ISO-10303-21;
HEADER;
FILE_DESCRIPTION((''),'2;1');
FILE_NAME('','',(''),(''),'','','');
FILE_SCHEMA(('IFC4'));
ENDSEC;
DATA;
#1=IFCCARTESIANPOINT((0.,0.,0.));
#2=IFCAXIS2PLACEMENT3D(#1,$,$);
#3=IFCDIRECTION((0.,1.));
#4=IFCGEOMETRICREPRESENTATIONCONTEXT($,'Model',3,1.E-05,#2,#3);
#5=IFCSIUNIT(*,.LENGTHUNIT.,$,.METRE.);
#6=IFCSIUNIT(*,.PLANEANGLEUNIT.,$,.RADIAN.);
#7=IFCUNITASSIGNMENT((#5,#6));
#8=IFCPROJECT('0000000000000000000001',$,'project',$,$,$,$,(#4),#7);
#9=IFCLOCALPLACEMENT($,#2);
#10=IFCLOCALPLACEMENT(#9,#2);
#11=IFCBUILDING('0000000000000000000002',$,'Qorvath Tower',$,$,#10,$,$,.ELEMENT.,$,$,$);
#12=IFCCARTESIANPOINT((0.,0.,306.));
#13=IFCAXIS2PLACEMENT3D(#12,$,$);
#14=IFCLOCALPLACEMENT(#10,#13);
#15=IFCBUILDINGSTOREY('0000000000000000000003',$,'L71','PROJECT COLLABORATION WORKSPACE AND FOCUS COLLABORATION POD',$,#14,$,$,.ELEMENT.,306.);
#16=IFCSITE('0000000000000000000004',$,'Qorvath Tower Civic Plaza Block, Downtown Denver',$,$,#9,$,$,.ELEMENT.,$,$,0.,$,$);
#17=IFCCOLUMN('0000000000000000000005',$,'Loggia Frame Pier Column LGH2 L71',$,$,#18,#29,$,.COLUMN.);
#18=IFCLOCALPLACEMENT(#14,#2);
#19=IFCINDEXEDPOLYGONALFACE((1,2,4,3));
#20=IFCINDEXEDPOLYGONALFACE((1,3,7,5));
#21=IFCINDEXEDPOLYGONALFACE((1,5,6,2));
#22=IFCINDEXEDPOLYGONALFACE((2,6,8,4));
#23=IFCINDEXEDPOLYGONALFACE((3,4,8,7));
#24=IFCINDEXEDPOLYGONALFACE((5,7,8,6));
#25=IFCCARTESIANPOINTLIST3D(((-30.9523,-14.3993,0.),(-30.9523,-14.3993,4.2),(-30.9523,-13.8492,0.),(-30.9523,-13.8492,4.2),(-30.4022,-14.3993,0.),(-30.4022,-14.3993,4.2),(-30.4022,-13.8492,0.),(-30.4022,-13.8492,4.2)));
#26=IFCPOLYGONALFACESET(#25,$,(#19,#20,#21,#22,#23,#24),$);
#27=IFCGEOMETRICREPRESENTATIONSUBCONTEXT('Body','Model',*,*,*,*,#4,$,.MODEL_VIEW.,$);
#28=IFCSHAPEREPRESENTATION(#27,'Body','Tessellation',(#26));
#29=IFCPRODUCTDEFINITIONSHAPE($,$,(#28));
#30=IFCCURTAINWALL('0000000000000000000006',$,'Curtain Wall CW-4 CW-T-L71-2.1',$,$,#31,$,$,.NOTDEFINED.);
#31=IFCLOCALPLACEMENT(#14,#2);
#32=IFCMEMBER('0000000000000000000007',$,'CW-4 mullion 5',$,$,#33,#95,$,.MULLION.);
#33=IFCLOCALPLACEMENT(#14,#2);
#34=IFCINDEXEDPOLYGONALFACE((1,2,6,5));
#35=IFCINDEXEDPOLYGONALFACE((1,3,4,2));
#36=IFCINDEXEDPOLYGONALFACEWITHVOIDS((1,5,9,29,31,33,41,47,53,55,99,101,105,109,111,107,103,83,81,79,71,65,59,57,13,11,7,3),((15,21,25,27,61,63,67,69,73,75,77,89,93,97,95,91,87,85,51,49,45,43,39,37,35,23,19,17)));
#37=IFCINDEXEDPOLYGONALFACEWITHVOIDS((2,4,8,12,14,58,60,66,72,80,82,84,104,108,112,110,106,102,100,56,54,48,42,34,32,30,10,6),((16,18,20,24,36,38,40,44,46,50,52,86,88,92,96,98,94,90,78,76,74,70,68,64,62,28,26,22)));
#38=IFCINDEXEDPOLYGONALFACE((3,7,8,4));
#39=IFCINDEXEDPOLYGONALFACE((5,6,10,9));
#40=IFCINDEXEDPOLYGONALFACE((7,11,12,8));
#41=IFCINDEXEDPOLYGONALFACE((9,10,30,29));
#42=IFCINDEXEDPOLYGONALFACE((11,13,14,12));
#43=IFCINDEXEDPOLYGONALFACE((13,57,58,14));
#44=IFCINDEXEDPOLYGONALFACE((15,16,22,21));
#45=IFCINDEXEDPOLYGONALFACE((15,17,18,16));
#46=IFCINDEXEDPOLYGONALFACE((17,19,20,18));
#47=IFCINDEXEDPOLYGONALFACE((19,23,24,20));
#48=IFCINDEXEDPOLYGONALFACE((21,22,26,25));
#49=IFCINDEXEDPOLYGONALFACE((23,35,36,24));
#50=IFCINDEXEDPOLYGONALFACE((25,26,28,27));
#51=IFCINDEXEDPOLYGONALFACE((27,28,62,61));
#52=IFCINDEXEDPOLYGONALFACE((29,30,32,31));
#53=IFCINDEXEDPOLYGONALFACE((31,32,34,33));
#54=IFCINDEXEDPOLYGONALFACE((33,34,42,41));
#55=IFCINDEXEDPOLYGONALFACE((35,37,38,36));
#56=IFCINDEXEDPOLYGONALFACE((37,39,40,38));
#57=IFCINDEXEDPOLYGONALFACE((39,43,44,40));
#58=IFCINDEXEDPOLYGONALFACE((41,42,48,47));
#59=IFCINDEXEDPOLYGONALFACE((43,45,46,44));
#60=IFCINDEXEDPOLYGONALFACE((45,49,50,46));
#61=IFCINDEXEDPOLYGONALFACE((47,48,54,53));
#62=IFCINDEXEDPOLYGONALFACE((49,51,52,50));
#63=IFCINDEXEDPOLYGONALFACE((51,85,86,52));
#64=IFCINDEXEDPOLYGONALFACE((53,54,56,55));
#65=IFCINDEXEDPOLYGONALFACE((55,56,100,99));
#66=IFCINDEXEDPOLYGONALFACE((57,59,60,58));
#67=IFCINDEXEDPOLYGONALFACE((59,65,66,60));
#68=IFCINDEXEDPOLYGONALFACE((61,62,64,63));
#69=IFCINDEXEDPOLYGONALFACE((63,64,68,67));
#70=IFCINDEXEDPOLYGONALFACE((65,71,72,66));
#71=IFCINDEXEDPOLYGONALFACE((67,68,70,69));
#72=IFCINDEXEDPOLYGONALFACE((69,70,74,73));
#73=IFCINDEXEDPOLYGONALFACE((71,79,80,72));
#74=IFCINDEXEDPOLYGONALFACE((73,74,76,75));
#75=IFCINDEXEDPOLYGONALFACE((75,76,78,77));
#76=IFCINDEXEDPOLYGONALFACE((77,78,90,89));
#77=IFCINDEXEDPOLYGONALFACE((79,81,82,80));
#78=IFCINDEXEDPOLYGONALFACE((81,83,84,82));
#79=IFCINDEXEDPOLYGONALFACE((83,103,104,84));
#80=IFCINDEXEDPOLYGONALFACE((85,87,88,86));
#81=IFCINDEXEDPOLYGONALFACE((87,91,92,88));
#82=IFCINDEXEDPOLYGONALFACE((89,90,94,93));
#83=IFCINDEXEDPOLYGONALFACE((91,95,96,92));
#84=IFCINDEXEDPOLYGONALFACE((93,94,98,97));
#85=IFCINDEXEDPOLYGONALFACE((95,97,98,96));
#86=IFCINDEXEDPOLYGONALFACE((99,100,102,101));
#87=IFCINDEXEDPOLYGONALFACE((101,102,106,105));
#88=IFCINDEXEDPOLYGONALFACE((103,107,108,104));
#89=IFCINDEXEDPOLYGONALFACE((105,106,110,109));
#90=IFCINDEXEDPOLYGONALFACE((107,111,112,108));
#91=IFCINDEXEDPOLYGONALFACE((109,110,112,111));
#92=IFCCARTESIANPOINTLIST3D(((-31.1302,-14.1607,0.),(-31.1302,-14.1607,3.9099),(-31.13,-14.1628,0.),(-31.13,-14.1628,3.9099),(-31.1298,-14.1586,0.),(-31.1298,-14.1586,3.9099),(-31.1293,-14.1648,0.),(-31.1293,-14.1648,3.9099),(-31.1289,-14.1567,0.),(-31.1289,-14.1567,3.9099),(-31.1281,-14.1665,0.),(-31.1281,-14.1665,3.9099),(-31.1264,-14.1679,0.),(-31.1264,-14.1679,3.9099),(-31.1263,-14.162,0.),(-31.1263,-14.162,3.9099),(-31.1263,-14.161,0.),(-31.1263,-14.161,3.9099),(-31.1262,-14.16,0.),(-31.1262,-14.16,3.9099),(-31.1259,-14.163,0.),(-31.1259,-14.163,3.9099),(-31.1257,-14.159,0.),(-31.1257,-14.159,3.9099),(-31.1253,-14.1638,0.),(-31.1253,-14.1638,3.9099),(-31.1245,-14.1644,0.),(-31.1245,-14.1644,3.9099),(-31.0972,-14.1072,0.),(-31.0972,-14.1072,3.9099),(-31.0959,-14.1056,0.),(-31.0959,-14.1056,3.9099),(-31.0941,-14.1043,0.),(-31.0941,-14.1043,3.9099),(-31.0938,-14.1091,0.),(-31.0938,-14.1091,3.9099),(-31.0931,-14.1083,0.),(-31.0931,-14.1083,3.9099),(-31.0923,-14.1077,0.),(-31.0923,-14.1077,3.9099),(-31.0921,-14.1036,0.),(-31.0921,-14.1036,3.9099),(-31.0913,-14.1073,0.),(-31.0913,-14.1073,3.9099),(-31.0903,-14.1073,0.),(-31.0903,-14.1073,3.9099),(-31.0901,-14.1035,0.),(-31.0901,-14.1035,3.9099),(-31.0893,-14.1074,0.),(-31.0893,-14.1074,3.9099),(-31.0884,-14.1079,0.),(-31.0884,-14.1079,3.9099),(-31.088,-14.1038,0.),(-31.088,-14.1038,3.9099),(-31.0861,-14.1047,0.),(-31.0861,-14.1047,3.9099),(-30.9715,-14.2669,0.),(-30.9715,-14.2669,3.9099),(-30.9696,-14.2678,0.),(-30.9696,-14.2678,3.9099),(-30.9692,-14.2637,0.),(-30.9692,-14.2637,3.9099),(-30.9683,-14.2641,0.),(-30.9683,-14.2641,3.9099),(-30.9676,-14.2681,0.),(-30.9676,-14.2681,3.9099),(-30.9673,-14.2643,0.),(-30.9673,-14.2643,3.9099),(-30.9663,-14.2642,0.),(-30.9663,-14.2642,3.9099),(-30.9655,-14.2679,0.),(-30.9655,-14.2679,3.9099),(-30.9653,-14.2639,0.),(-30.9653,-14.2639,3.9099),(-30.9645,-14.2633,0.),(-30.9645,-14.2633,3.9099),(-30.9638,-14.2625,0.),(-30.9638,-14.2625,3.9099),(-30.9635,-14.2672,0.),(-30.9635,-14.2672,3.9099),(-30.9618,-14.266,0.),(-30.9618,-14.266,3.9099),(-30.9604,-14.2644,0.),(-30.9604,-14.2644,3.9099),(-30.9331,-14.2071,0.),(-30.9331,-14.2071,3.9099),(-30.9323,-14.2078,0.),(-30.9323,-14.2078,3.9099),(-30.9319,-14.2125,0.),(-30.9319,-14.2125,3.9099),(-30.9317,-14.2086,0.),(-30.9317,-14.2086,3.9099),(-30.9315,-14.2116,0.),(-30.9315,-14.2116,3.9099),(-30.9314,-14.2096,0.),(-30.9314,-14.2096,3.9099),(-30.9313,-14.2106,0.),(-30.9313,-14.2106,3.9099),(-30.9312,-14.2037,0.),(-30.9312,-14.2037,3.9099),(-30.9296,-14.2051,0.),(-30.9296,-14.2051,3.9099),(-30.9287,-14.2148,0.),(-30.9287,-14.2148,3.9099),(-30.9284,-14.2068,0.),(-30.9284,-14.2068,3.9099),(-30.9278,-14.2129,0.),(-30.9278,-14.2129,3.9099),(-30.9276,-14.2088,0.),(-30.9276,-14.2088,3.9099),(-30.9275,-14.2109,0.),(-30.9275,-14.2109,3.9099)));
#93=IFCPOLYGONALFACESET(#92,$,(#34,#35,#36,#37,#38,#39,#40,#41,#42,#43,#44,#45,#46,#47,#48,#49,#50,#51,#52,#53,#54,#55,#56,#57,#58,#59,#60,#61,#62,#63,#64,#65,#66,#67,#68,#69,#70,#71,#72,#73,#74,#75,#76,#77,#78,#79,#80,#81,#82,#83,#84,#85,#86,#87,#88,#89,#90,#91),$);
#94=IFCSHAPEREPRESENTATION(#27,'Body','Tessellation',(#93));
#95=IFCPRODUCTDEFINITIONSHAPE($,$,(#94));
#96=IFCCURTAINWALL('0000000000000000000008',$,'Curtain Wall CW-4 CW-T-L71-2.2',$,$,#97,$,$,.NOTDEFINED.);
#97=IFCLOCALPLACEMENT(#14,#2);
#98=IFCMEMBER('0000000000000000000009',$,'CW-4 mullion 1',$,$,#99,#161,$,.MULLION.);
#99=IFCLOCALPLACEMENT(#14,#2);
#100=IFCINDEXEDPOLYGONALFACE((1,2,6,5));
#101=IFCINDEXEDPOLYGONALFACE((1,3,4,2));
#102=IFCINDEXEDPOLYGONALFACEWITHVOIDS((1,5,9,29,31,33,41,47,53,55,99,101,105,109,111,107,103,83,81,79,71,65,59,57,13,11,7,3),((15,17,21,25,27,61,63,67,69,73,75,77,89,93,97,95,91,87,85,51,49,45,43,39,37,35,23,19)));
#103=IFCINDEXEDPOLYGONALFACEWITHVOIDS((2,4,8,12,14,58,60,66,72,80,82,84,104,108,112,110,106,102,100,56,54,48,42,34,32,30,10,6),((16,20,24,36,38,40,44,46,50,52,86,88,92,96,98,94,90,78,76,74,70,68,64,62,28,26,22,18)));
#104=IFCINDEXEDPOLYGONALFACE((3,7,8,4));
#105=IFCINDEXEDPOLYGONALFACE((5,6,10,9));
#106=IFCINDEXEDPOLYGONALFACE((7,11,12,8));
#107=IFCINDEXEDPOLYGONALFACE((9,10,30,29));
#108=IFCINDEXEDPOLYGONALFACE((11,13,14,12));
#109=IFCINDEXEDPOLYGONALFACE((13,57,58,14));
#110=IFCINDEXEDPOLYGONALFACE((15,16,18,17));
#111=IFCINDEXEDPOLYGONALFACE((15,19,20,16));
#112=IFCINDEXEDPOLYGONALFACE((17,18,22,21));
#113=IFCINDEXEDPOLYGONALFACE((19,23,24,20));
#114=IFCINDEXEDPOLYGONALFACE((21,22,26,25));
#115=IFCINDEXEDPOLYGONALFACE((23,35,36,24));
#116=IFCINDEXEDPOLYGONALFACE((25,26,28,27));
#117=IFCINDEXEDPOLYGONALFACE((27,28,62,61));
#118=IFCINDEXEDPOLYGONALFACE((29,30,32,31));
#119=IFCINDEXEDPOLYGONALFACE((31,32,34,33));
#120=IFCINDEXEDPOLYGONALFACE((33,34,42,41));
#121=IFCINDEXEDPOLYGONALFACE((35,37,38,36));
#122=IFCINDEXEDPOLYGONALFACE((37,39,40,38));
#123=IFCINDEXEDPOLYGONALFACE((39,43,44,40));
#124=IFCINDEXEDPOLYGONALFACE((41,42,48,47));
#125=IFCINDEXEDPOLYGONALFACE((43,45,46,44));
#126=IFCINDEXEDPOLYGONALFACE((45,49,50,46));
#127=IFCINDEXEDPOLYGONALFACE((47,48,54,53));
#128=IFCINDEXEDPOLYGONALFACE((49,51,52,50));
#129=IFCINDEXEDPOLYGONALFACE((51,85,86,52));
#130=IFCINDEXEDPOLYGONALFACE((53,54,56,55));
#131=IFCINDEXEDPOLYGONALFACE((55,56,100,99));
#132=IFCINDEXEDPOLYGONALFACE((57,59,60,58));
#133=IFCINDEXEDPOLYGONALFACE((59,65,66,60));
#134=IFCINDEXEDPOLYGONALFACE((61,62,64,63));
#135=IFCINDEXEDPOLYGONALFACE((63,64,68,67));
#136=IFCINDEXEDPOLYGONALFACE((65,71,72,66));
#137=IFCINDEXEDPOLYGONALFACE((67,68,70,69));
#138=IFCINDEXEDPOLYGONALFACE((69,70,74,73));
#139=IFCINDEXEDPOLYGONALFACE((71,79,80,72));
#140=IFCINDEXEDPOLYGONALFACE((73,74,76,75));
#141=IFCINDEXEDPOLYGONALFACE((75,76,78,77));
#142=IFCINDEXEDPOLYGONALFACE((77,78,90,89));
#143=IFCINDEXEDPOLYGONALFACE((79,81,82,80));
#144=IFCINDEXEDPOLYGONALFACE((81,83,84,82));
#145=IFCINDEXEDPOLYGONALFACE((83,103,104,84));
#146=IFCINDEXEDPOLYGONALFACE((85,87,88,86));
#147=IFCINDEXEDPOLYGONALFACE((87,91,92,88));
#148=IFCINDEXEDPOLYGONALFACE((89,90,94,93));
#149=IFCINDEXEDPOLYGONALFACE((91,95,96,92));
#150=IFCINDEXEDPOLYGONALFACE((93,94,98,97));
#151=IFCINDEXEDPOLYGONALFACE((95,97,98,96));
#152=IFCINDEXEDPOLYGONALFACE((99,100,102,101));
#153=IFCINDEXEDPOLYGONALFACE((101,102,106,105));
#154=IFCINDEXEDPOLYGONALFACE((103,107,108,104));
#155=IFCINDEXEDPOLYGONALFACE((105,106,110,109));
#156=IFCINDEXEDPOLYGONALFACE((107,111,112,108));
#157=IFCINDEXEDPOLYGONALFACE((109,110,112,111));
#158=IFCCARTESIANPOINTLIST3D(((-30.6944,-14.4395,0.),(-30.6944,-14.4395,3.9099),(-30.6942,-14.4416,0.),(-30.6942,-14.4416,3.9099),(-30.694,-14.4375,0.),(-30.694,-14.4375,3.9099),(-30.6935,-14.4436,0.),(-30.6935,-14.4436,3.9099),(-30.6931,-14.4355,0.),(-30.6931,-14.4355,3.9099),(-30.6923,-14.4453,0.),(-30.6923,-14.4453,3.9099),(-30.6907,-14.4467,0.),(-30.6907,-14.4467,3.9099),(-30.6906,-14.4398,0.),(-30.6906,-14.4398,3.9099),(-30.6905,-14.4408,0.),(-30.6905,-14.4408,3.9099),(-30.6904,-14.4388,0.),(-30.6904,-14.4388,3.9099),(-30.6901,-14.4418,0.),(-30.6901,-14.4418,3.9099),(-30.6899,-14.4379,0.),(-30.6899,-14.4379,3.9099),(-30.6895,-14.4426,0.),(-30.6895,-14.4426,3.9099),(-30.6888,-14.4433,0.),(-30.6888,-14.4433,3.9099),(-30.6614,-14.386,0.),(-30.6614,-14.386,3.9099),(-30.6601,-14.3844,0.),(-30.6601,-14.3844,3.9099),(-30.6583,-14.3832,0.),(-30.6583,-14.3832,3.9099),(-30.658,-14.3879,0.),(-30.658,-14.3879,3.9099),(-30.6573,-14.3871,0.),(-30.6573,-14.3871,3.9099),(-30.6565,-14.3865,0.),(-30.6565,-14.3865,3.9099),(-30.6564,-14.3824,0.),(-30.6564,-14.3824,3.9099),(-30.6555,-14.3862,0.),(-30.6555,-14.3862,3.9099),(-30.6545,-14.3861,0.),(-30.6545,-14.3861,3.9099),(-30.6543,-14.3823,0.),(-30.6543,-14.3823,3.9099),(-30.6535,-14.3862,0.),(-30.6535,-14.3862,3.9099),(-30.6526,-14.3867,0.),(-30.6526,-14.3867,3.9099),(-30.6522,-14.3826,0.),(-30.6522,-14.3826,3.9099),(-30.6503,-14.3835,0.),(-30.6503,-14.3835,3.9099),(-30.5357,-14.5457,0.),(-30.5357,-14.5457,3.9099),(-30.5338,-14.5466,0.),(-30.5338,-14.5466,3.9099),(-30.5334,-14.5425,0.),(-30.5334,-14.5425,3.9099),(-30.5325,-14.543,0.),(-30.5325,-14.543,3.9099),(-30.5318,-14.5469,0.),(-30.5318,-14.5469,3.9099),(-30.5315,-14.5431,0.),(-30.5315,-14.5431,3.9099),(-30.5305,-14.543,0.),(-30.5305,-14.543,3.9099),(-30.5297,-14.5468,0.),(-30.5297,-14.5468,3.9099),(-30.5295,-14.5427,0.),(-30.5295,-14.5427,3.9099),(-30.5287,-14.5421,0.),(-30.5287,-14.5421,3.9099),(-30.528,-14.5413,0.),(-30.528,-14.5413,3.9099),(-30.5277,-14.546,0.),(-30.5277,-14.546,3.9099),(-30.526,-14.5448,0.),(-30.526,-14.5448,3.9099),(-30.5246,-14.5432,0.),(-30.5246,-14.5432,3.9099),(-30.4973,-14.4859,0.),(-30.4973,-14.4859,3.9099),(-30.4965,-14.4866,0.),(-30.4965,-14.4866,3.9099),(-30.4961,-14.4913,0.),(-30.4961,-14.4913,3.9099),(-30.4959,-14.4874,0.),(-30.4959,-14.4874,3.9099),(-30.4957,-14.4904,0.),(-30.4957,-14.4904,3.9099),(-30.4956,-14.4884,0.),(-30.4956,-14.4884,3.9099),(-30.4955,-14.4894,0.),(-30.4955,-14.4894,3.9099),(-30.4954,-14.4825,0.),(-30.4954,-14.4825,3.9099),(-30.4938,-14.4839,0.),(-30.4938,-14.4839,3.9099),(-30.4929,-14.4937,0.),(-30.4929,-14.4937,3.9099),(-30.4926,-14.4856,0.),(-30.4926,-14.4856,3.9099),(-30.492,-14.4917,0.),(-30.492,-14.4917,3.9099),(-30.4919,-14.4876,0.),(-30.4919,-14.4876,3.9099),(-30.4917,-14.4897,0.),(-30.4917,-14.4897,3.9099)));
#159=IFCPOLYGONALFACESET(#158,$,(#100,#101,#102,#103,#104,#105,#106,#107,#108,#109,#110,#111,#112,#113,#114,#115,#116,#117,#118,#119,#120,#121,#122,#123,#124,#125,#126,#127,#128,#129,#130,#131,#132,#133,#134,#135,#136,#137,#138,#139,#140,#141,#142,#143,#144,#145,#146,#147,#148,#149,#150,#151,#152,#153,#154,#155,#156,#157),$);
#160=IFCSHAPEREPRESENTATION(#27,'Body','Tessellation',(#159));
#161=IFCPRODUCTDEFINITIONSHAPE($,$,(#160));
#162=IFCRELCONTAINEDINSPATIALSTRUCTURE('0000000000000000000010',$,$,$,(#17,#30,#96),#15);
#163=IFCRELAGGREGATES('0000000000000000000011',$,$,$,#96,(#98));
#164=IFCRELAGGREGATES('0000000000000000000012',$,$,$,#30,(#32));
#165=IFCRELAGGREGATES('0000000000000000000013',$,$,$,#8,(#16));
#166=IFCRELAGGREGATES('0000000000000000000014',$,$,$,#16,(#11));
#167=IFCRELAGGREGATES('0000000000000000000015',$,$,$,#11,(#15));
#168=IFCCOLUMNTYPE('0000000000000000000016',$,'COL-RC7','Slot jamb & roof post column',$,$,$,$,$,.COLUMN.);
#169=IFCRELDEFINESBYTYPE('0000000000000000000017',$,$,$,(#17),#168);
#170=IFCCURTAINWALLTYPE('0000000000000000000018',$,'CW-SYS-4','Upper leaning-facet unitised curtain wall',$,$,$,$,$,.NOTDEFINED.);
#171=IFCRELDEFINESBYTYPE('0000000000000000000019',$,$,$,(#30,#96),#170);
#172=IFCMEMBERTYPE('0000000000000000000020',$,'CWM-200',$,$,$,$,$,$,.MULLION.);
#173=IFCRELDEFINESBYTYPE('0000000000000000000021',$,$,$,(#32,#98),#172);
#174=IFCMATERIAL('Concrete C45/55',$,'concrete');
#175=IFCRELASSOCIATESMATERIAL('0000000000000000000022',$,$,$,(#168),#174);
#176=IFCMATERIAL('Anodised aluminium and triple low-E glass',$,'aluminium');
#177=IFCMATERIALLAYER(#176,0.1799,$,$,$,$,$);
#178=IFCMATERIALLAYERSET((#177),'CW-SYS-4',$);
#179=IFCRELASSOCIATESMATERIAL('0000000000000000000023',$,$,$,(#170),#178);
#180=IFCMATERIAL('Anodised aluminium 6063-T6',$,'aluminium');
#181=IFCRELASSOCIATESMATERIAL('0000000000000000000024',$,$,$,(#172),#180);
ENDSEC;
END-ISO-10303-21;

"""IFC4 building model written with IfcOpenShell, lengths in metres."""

from ifc_helpers import new_model, si_unit, direction, frame, origin, origin_2d, place, context, subcontext, project, spatial, rectangle, hollow_rectangle, extrude, material, layer, layer_set, material_profile, profile_set, type_object, element, aggregate, save


model = new_model("IFC4")

# Units and contexts
model_context = context("Model", 3, precision=1e-05, world=origin(), true_north=direction((0.0, 1.0)))
body_context = subcontext(model_context, "Body", "Model", "MODEL_VIEW")
ifc_project = project(units=[si_unit("LENGTHUNIT", "METRE"), si_unit("PLANEANGLEUNIT", "RADIAN")], contexts=[model_context])

# Site, building, storey
site_placement = place(None, origin())
site = spatial("IfcSite", under=ifc_project, at=site_placement, Name="Qorvath Tower Civic Plaza Block, Downtown Denver", CompositionType="ELEMENT", RefElevation=0.0)
building_placement = place(site_placement, origin())
building = spatial("IfcBuilding", under=site, at=building_placement, Name="Qorvath Tower", CompositionType="ELEMENT")
storey_placement = place(building_placement, frame((0.0, 0.0, 306.0)))
storey = spatial("IfcBuildingStorey", under=building, at=storey_placement, Name="L71", Description="PROJECT COLLABORATION WORKSPACE AND FOCUS COLLABORATION POD", CompositionType="ELEMENT", Elevation=306.0)

# Column
ifc_material_1 = material(Name="Concrete C45/55", Category="concrete")
ifc_material_profile_1 = material_profile(ifc_material_1, rectangle(XDim=0.55, YDim=0.55, at=origin_2d()), Name="RC 550x550")
ifc_profile_set_1 = profile_set([ifc_material_profile_1], Name="Concrete C45/55")
column_type = type_object("IfcColumnType", Name="COL-RC7", Description="Slot jamb & roof post column", PredefinedType="COLUMN", material=ifc_profile_set_1)
column_placement = place(storey_placement, frame((-30.6772, -14.1243, 0.0), z_axis=(0.0, 0.0, 1.0), x_axis=(1.0, 0.0, 0.0)))
element("IfcColumn", 1, at=column_placement, inside=storey, type_object=column_type, Name="Loggia Frame Pier Column LGH2 L71", PredefinedType="COLUMN", context=body_context, shape_type="SweptSolid", body=[
    extrude(rectangle(XDim=0.55, YDim=0.55, at=origin_2d()), origin(), (0.0, 0.0, 1.0), 4.2),
])

# Curtain walls, members
ifc_material_2 = material(Name="Anodised aluminium and triple low-E glass", Category="aluminium")
ifc_layer_1 = layer(ifc_material_2, 0.1799)
ifc_layer_set_1 = layer_set([ifc_layer_1], Name="CW-SYS-4")
curtain_wall_type = type_object("IfcCurtainWallType", Name="CW-SYS-4", Description="Upper leaning-facet unitised curtain wall", PredefinedType="NOTDEFINED", material=ifc_layer_set_1)
curtain_wall_1_placement = place(storey_placement, origin())
curtain_wall_1 = element("IfcCurtainWall", 2, at=curtain_wall_1_placement, inside=storey, type_object=curtain_wall_type, Name="Curtain Wall CW-4 CW-T-L71-2.1", PredefinedType="NOTDEFINED")
ifc_material_3 = material(Name="Anodised aluminium 6063-T6", Category="aluminium")
ifc_material_profile_2 = material_profile(ifc_material_3, hollow_rectangle(XDim=0.075, YDim=0.2, WallThickness=0.0039, InnerFilletRadius=0.0039, OuterFilletRadius=0.0081, at=origin_2d()), Name="CWM 200x75")
ifc_profile_set_2 = profile_set([ifc_material_profile_2], Name="Anodised aluminium 6063-T6")
member_type_1 = type_object("IfcMemberType", Name="CWM-200", PredefinedType="MULLION", material=ifc_profile_set_2)
member_1_placement = place(storey_placement, frame((-31.0288, -14.1858, 0.0), z_axis=(0.0, 0.0, 1.0), x_axis=(0.538537, 0.842602, 0.0)))
member_1 = element("IfcMember", 3, at=member_1_placement, type_object=member_type_1, Name="CW-4 mullion 5", PredefinedType="MULLION", context=body_context, shape_type="SweptSolid", body=[
    extrude(hollow_rectangle(XDim=0.075, YDim=0.2, WallThickness=0.0039, InnerFilletRadius=0.0039, OuterFilletRadius=0.0081, at=origin_2d()), origin(), (0.0, 0.0, 1.0), 3.9099),
])
curtain_wall_2_placement = place(storey_placement, origin())
curtain_wall_2 = element("IfcCurtainWall", 4, at=curtain_wall_2_placement, inside=storey, type_object=curtain_wall_type, Name="Curtain Wall CW-4 CW-T-L71-2.2", PredefinedType="NOTDEFINED")
member_2_placement = place(storey_placement, frame((-30.593, -14.4646, 0.0), z_axis=(0.0, 0.0, 1.0), x_axis=(0.538533, 0.842604, 0.0)))
member_2 = element("IfcMember", 5, at=member_2_placement, type_object=member_type_1, Name="CW-4 mullion 1", PredefinedType="MULLION", context=body_context, shape_type="SweptSolid", body=[
    extrude(hollow_rectangle(XDim=0.075, YDim=0.2, WallThickness=0.0039, InnerFilletRadius=0.0039, OuterFilletRadius=0.0081, at=origin_2d()), origin(), (0.0, 0.0, 1.0), 3.9099),
])
aggregate(curtain_wall_2, [member_2])

aggregate(curtain_wall_1, [member_1])

save(model, "model.ifc")
